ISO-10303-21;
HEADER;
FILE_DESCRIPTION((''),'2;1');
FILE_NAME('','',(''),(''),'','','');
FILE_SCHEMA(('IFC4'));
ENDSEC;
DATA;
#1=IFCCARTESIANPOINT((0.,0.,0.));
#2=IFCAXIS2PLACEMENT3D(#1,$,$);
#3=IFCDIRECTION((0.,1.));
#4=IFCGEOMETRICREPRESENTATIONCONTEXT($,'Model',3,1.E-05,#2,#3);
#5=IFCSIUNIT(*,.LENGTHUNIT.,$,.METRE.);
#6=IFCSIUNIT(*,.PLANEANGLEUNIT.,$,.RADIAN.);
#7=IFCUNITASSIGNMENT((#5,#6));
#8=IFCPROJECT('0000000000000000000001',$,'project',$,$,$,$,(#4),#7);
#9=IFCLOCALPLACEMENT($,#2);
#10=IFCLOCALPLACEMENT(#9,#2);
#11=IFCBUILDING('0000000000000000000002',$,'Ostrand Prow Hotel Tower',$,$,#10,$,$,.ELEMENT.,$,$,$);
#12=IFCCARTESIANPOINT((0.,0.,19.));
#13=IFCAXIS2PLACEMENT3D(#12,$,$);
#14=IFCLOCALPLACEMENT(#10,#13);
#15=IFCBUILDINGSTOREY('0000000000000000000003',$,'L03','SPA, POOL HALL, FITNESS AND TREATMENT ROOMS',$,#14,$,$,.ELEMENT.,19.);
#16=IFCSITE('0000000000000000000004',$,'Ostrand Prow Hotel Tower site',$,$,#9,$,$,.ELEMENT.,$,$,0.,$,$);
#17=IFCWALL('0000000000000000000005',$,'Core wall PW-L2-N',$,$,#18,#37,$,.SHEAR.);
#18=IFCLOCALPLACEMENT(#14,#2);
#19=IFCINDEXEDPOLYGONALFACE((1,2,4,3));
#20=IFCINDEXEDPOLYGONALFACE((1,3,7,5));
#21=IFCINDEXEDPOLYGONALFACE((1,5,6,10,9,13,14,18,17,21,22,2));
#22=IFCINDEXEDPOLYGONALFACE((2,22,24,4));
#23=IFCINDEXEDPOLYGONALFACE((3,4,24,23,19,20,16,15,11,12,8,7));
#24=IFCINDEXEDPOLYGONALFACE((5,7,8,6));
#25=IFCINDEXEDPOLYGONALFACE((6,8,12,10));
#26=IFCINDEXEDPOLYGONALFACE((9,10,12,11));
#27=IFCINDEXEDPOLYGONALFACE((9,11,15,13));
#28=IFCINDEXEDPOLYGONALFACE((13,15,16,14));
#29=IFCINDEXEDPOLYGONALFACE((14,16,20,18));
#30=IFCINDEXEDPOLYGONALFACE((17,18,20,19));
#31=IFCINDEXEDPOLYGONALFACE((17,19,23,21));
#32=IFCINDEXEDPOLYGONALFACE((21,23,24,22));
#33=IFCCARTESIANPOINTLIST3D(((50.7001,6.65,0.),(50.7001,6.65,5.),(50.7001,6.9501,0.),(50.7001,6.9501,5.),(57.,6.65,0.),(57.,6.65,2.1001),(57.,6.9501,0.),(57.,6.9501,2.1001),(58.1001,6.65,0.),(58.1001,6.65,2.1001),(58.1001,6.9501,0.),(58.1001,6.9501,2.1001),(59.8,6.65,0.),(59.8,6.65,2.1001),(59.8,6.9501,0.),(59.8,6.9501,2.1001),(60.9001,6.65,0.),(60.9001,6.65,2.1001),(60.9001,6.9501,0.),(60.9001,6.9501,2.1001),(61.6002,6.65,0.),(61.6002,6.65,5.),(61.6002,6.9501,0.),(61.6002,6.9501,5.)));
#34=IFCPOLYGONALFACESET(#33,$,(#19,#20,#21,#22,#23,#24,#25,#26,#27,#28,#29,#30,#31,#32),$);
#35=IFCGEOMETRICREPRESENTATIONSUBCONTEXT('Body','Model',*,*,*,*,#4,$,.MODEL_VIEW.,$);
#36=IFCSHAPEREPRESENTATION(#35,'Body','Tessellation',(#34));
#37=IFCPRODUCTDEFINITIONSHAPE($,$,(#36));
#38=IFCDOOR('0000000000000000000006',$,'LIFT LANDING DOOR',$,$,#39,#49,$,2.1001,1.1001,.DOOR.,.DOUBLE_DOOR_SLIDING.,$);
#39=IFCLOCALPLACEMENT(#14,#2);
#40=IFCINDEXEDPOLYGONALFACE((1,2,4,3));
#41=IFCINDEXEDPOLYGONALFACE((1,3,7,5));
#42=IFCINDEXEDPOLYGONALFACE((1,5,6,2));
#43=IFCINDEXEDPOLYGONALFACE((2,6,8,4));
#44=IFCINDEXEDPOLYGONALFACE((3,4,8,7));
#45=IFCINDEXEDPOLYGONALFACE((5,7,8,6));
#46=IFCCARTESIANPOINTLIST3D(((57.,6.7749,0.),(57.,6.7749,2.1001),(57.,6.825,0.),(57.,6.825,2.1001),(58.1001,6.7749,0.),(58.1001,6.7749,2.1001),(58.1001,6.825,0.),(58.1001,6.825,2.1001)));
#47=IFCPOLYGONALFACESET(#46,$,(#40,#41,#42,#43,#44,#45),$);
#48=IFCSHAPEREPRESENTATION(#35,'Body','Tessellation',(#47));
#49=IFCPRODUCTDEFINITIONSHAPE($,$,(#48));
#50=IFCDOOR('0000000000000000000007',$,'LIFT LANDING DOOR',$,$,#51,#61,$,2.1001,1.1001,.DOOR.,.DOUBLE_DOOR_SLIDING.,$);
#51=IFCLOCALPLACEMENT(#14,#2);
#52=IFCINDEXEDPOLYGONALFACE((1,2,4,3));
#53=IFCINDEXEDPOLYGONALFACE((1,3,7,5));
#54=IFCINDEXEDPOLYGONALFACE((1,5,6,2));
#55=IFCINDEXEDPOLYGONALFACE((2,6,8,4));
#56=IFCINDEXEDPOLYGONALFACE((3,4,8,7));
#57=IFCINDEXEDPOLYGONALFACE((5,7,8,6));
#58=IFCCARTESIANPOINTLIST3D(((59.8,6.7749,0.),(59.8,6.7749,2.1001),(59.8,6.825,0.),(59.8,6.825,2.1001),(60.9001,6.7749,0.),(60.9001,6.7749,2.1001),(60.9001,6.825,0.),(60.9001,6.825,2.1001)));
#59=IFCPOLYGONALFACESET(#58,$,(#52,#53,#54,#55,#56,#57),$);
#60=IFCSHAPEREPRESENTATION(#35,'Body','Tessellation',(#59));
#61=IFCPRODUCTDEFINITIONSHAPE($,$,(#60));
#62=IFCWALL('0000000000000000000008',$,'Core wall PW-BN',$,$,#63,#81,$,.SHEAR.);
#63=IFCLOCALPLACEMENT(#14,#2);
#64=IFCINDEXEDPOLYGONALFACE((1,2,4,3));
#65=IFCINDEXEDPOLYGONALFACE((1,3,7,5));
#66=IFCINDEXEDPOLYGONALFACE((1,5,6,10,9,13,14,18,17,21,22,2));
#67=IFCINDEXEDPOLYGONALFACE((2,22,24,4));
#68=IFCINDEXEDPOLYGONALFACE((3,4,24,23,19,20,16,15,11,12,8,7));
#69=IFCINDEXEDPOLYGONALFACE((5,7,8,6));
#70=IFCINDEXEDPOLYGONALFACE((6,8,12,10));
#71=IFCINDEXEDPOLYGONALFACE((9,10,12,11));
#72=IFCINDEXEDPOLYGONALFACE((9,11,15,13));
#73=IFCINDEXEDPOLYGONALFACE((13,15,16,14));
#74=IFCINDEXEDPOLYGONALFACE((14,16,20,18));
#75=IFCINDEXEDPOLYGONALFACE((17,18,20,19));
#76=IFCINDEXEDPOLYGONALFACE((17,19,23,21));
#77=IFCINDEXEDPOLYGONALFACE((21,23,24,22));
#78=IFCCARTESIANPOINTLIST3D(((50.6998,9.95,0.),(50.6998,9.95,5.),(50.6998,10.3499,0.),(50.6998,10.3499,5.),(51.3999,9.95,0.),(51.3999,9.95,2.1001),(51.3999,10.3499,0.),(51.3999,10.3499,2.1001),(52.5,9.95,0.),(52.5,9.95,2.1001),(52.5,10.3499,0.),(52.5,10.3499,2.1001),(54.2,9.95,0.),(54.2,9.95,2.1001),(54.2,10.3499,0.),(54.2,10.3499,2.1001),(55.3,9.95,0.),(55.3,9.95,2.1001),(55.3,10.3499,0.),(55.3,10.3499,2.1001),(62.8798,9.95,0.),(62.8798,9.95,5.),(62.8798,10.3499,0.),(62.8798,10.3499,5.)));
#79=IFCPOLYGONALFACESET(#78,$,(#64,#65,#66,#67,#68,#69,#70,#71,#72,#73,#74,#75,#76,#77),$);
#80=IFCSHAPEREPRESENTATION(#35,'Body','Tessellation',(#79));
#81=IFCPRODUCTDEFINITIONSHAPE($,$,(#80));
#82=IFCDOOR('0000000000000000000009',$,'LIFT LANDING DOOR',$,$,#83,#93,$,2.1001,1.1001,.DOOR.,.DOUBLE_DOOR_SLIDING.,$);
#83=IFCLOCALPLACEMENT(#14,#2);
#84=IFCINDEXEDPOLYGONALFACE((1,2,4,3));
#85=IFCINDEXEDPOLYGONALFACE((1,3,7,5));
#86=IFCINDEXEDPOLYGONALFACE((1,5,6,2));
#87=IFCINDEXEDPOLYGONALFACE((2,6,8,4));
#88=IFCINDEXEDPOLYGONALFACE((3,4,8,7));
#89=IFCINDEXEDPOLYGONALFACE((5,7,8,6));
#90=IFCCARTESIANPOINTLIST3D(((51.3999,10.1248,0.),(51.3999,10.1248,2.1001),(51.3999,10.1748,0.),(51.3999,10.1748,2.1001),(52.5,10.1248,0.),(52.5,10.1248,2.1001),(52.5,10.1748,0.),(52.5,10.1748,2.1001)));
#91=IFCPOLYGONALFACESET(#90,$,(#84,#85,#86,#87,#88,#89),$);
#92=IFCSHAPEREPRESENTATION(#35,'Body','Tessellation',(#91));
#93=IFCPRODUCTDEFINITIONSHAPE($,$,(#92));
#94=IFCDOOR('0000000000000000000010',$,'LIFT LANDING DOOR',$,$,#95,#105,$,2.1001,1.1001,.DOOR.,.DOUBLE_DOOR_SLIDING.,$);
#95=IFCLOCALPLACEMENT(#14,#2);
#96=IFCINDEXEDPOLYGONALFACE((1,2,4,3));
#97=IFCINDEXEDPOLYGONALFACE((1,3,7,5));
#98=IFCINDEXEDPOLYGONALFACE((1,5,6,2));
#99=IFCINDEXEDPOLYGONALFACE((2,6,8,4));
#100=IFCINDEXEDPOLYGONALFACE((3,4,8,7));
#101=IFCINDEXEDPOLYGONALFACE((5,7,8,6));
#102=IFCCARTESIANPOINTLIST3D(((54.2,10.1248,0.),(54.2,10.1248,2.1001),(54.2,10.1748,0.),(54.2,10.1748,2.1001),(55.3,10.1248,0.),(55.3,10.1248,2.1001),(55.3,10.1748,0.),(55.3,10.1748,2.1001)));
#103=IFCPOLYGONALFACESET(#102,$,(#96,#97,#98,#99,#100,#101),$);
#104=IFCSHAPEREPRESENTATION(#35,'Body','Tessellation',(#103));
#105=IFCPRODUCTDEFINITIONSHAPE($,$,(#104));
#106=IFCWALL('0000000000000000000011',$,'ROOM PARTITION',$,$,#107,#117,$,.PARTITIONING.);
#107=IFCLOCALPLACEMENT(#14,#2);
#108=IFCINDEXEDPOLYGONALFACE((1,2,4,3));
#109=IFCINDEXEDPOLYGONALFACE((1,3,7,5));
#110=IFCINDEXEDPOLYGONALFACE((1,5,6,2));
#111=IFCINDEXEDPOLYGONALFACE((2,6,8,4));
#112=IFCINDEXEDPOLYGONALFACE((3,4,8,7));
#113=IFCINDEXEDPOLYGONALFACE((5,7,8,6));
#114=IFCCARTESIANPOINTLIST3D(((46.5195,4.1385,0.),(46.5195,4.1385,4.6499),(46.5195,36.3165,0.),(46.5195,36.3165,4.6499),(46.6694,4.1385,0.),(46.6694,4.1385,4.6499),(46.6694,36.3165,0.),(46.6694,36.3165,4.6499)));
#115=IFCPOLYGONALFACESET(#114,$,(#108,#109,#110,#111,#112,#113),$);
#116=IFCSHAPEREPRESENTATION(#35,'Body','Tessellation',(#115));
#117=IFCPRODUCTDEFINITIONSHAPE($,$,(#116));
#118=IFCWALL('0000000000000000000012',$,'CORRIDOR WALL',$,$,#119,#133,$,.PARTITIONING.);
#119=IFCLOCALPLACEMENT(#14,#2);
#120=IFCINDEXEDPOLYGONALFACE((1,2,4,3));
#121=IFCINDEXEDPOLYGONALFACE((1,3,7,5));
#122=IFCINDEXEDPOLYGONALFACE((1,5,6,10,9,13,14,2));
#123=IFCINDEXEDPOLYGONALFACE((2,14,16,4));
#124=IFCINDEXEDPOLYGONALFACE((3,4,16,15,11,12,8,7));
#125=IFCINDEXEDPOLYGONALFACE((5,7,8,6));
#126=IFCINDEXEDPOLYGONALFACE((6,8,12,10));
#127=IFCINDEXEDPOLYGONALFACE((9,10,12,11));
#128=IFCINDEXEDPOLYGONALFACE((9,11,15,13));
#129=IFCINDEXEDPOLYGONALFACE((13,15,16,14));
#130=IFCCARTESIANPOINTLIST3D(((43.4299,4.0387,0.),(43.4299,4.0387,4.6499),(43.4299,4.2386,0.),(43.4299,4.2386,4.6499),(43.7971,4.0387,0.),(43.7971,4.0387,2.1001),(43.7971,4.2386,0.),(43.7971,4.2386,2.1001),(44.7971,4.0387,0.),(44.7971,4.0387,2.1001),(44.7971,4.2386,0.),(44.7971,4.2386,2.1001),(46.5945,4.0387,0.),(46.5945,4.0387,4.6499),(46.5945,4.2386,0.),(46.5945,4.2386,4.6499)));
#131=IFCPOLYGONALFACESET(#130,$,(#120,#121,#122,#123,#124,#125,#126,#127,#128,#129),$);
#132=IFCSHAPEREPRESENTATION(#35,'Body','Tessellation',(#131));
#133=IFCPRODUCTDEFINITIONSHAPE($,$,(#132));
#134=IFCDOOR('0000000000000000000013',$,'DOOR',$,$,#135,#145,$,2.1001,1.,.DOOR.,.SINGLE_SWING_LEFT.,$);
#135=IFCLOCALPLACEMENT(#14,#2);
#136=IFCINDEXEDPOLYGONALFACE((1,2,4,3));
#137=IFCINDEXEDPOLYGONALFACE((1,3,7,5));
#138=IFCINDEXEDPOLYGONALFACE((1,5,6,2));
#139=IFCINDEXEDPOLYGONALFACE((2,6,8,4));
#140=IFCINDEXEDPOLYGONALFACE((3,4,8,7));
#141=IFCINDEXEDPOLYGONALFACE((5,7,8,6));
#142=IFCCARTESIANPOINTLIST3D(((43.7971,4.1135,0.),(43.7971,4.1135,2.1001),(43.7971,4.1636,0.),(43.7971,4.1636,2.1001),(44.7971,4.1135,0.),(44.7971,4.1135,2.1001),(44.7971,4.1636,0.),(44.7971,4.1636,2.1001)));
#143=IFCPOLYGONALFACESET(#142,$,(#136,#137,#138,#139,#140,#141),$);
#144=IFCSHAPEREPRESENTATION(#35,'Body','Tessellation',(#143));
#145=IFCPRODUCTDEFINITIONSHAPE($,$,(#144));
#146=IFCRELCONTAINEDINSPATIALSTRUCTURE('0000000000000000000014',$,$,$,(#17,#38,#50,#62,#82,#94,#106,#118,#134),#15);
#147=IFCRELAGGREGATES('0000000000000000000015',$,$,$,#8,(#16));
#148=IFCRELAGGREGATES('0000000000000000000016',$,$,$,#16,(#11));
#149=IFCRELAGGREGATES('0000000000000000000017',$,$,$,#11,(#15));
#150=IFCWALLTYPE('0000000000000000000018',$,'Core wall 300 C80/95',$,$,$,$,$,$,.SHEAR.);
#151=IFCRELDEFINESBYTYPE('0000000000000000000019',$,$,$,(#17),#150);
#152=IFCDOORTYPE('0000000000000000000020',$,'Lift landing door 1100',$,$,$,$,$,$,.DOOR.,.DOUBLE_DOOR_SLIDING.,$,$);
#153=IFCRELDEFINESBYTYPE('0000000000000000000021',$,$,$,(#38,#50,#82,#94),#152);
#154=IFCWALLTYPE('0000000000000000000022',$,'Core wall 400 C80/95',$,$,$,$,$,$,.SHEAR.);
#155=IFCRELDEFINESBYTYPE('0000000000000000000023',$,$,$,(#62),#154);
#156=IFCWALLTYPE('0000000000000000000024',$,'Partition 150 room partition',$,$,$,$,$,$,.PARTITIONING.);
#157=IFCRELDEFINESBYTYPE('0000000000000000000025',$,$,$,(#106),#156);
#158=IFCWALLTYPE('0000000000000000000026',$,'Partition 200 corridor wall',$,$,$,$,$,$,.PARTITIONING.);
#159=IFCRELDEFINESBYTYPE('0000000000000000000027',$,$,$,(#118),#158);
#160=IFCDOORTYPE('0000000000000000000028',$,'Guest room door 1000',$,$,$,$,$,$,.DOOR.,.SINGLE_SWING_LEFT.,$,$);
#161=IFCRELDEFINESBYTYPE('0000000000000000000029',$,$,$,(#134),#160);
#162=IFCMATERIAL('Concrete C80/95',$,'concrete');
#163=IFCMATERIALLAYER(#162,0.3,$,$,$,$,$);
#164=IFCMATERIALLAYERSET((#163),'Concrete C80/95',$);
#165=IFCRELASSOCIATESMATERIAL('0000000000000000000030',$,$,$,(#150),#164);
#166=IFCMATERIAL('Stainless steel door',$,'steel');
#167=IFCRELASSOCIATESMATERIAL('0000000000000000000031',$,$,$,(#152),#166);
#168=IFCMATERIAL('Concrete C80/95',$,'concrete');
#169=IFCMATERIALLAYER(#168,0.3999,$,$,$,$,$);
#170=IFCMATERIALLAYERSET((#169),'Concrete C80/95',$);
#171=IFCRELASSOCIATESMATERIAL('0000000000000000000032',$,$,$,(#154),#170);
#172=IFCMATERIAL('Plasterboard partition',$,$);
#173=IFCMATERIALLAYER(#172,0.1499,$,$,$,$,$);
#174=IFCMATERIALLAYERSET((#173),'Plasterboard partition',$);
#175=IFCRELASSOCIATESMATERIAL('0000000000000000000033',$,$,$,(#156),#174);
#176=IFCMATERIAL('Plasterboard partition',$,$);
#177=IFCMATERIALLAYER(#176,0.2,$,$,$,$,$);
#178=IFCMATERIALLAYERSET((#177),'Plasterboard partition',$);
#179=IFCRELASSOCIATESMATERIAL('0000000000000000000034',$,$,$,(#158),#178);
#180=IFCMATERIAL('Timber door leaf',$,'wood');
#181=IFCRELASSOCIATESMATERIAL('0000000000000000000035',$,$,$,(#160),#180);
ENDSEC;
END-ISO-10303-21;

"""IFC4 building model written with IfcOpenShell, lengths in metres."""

from ifc_helpers import new_model, si_unit, direction, frame, frame_2d, origin, place, context, subcontext, project, spatial, rectangle, extrude, material, layer, layer_set, type_object, element, fill, save


model = new_model("IFC4")

# Units and contexts
model_context = context("Model", 3, precision=1e-05, world=origin(), true_north=direction((0.0, 1.0)))
body_context = subcontext(model_context, "Body", "Model", "MODEL_VIEW")
ifc_project = project(units=[si_unit("LENGTHUNIT", "METRE"), si_unit("PLANEANGLEUNIT", "RADIAN")], contexts=[model_context])

# Site, building, storey
site_placement = place(None, origin())
site = spatial("IfcSite", under=ifc_project, at=site_placement, Name="Ostrand Prow Hotel Tower site", CompositionType="ELEMENT", RefElevation=0.0)
building_placement = place(site_placement, origin())
building = spatial("IfcBuilding", under=site, at=building_placement, Name="Ostrand Prow Hotel Tower", CompositionType="ELEMENT")
storey_placement = place(building_placement, frame((0.0, 0.0, 19.0)))
storey = spatial("IfcBuildingStorey", under=building, at=storey_placement, Name="L03", Description="SPA, POOL HALL, FITNESS AND TREATMENT ROOMS", CompositionType="ELEMENT", Elevation=19.0)

# Shared definitions
ifc_material_1 = material(Name="Concrete C80/95", Category="concrete")
ifc_layer_1 = layer(ifc_material_1, 0.3)
ifc_layer_set_1 = layer_set([ifc_layer_1], Name="Concrete C80/95")
wall_type_1 = type_object("IfcWallType", Name="Core wall 300 C80/95", PredefinedType="SHEAR", material=ifc_layer_set_1)

# Walls, openings, doors
wall_1_placement = place(storey_placement, frame((50.7, 6.8, 0.0), z_axis=(0.0, 0.0, 1.0), x_axis=(1.0, 0.0, 0.0)))
wall_1 = element("IfcWall", 1, at=wall_1_placement, inside=storey, type_object=wall_type_1, Name="Core wall PW-L2-N", PredefinedType="SHEAR", context=body_context, shape_type="SweptSolid", body=[
    extrude(rectangle(XDim=10.9001, YDim=0.3, at=frame_2d((5.4502, 0.0))), origin(), (0.0, 0.0, 1.0), 5.0),
])
opening_1_placement = place(wall_1_placement, frame((6.3, 0.0, 0.0)))
opening_1 = element("IfcOpeningElement", 2, at=opening_1_placement, cuts=wall_1, PredefinedType="OPENING", context=body_context, shape_type="SweptSolid", body=[
    extrude(rectangle(XDim=1.1001, YDim=2.1001, at=frame_2d((0.55, 1.05))), frame((0.0, 0.1599, 0.0), z_axis=(0.0, -1.0, 0.0), x_axis=(1.0, 0.0, 0.0)), (0.0, 0.0, 1.0), 0.3201),
])
opening_2_placement = place(wall_1_placement, frame((9.1001, 0.0, 0.0)))
opening_2 = element("IfcOpeningElement", 3, at=opening_2_placement, cuts=wall_1, PredefinedType="OPENING", context=body_context, shape_type="SweptSolid", body=[
    extrude(rectangle(XDim=1.1001, YDim=2.1001, at=frame_2d((0.55, 1.05))), frame((0.0, 0.1599, 0.0), z_axis=(0.0, -1.0, 0.0), x_axis=(1.0, 0.0, 0.0)), (0.0, 0.0, 1.0), 0.3201),
])
ifc_material_2 = material(Name="Stainless steel door", Category="steel")
door_type_1 = type_object("IfcDoorType", Name="Lift landing door 1100", OperationType="DOUBLE_DOOR_SLIDING", PredefinedType="DOOR", material=ifc_material_2)
door_1_placement = place(opening_1_placement, origin())
door_1 = element("IfcDoor", 4, at=door_1_placement, inside=storey, type_object=door_type_1, Name="LIFT LANDING DOOR", OperationType="DOUBLE_DOOR_SLIDING", OverallHeight=2.1001, OverallWidth=1.1001, PredefinedType="DOOR", context=body_context, shape_type="SweptSolid", body=[
    extrude(rectangle(XDim=1.1001, YDim=2.1001, at=frame_2d((0.55, 1.05))), frame((0.0, 0.0249, 0.0), z_axis=(0.0, -1.0, 0.0), x_axis=(1.0, 0.0, 0.0)), (0.0, 0.0, 1.0), 0.05),
])
fill(opening_1, door_1)
door_2_placement = place(opening_2_placement, origin())
door_2 = element("IfcDoor", 5, at=door_2_placement, inside=storey, type_object=door_type_1, Name="LIFT LANDING DOOR", OperationType="DOUBLE_DOOR_SLIDING", OverallHeight=2.1001, OverallWidth=1.1001, PredefinedType="DOOR", context=body_context, shape_type="SweptSolid", body=[
    extrude(rectangle(XDim=1.1001, YDim=2.1001, at=frame_2d((0.55, 1.05))), frame((0.0, 0.0249, 0.0), z_axis=(0.0, -1.0, 0.0), x_axis=(1.0, 0.0, 0.0)), (0.0, 0.0, 1.0), 0.05),
])
fill(opening_2, door_2)
ifc_material_3 = material(Name="Concrete C80/95", Category="concrete")
ifc_layer_2 = layer(ifc_material_3, 0.3999)
ifc_layer_set_2 = layer_set([ifc_layer_2], Name="Concrete C80/95")
wall_type_2 = type_object("IfcWallType", Name="Core wall 400 C80/95", PredefinedType="SHEAR", material=ifc_layer_set_2)
wall_2_placement = place(storey_placement, frame((50.7, 10.1499, 0.0), z_axis=(0.0, 0.0, 1.0), x_axis=(1.0, 0.0, 0.0)))
wall_2 = element("IfcWall", 6, at=wall_2_placement, inside=storey, type_object=wall_type_2, Name="Core wall PW-BN", PredefinedType="SHEAR", context=body_context, shape_type="SweptSolid", body=[
    extrude(rectangle(XDim=12.1799, YDim=0.3999, at=frame_2d((6.0898, 0.0))), origin(), (0.0, 0.0, 1.0), 5.0),
])
opening_3_placement = place(wall_2_placement, frame((0.7, 0.0, 0.0)))
opening_3 = element("IfcOpeningElement", 7, at=opening_3_placement, cuts=wall_2, PredefinedType="OPENING", context=body_context, shape_type="SweptSolid", body=[
    extrude(rectangle(XDim=1.1001, YDim=2.1001, at=frame_2d((0.55, 1.05))), frame((0.0, 0.21, 0.0), z_axis=(0.0, -1.0, 0.0), x_axis=(1.0, 0.0, 0.0)), (0.0, 0.0, 1.0), 0.4199),
])
opening_4_placement = place(wall_2_placement, frame((3.5, 0.0, 0.0)))
opening_4 = element("IfcOpeningElement", 8, at=opening_4_placement, cuts=wall_2, PredefinedType="OPENING", context=body_context, shape_type="SweptSolid", body=[
    extrude(rectangle(XDim=1.1001, YDim=2.1001, at=frame_2d((0.55, 1.05))), frame((0.0, 0.21, 0.0), z_axis=(0.0, -1.0, 0.0), x_axis=(1.0, 0.0, 0.0)), (0.0, 0.0, 1.0), 0.4199),
])
door_3_placement = place(opening_3_placement, origin())
door_3 = element("IfcDoor", 9, at=door_3_placement, inside=storey, type_object=door_type_1, Name="LIFT LANDING DOOR", OperationType="DOUBLE_DOOR_SLIDING", OverallHeight=2.1001, OverallWidth=1.1001, PredefinedType="DOOR", context=body_context, shape_type="SweptSolid", body=[
    extrude(rectangle(XDim=1.1001, YDim=2.1001, at=frame_2d((0.55, 1.05))), frame((0.0, 0.0249, 0.0), z_axis=(0.0, -1.0, 0.0), x_axis=(1.0, 0.0, 0.0)), (0.0, 0.0, 1.0), 0.05),
])
fill(opening_3, door_3)
door_4_placement = place(opening_4_placement, origin())
door_4 = element("IfcDoor", 10, at=door_4_placement, inside=storey, type_object=door_type_1, Name="LIFT LANDING DOOR", OperationType="DOUBLE_DOOR_SLIDING", OverallHeight=2.1001, OverallWidth=1.1001, PredefinedType="DOOR", context=body_context, shape_type="SweptSolid", body=[
    extrude(rectangle(XDim=1.1001, YDim=2.1001, at=frame_2d((0.55, 1.05))), frame((0.0, 0.0249, 0.0), z_axis=(0.0, -1.0, 0.0), x_axis=(1.0, 0.0, 0.0)), (0.0, 0.0, 1.0), 0.05),
])
fill(opening_4, door_4)

# Wall
ifc_material_4 = material(Name="Plasterboard partition")
ifc_layer_3 = layer(ifc_material_4, 0.1499)
ifc_layer_set_3 = layer_set([ifc_layer_3], Name="Plasterboard partition")
wall_type_3 = type_object("IfcWallType", Name="Partition 150 room partition", PredefinedType="PARTITIONING", material=ifc_layer_set_3)
wall_3_placement = place(storey_placement, frame((46.5945, 4.1387, 0.0), z_axis=(0.0, 0.0, 1.0), x_axis=(0.0, 1.0, 0.0)))
element("IfcWall", 11, at=wall_3_placement, inside=storey, type_object=wall_type_3, Name="ROOM PARTITION", PredefinedType="PARTITIONING", context=body_context, shape_type="SweptSolid", body=[
    extrude(rectangle(XDim=32.178, YDim=0.1499, at=frame_2d((16.0889, 0.0))), origin(), (0.0, 0.0, 1.0), 4.6499),
])

# Wall, opening, door
ifc_material_5 = material(Name="Plasterboard partition")
ifc_layer_4 = layer(ifc_material_5, 0.2)
ifc_layer_set_4 = layer_set([ifc_layer_4], Name="Plasterboard partition")
wall_type_4 = type_object("IfcWallType", Name="Partition 200 corridor wall", PredefinedType="PARTITIONING", material=ifc_layer_set_4)
wall_4_placement = place(storey_placement, frame((43.4299, 4.1387, 0.0), z_axis=(0.0, 0.0, 1.0), x_axis=(1.0, 0.0, 0.0)))
wall_4 = element("IfcWall", 12, at=wall_4_placement, inside=storey, type_object=wall_type_4, Name="CORRIDOR WALL", PredefinedType="PARTITIONING", context=body_context, shape_type="SweptSolid", body=[
    extrude(rectangle(XDim=3.1646, YDim=0.2, at=frame_2d((1.5823, 0.0))), origin(), (0.0, 0.0, 1.0), 4.6499),
])
opening_5_placement = place(wall_4_placement, frame((0.3672, 0.0, 0.0)))
opening_5 = element("IfcOpeningElement", 13, at=opening_5_placement, cuts=wall_4, PredefinedType="OPENING", context=body_context, shape_type="SweptSolid", body=[
    extrude(rectangle(XDim=1.0, YDim=2.1001, at=frame_2d((0.5, 1.05))), frame((0.0, 0.1099, 0.0), z_axis=(0.0, -1.0, 0.0), x_axis=(1.0, 0.0, 0.0)), (0.0, 0.0, 1.0), 0.22),
])
ifc_material_6 = material(Name="Timber door leaf", Category="wood")
door_type_2 = type_object("IfcDoorType", Name="Guest room door 1000", OperationType="SINGLE_SWING_LEFT", PredefinedType="DOOR", material=ifc_material_6)
door_5_placement = place(opening_5_placement, origin())
door_5 = element("IfcDoor", 14, at=door_5_placement, inside=storey, type_object=door_type_2, Name="DOOR", OperationType="SINGLE_SWING_LEFT", OverallHeight=2.1001, OverallWidth=1.0, PredefinedType="DOOR", context=body_context, shape_type="SweptSolid", body=[
    extrude(rectangle(XDim=1.0, YDim=2.1001, at=frame_2d((0.5, 1.05))), frame((0.0, 0.0249, 0.0), z_axis=(0.0, -1.0, 0.0), x_axis=(1.0, 0.0, 0.0)), (0.0, 0.0, 1.0), 0.05),
])
fill(opening_5, door_5)

save(model, "model.ifc")
